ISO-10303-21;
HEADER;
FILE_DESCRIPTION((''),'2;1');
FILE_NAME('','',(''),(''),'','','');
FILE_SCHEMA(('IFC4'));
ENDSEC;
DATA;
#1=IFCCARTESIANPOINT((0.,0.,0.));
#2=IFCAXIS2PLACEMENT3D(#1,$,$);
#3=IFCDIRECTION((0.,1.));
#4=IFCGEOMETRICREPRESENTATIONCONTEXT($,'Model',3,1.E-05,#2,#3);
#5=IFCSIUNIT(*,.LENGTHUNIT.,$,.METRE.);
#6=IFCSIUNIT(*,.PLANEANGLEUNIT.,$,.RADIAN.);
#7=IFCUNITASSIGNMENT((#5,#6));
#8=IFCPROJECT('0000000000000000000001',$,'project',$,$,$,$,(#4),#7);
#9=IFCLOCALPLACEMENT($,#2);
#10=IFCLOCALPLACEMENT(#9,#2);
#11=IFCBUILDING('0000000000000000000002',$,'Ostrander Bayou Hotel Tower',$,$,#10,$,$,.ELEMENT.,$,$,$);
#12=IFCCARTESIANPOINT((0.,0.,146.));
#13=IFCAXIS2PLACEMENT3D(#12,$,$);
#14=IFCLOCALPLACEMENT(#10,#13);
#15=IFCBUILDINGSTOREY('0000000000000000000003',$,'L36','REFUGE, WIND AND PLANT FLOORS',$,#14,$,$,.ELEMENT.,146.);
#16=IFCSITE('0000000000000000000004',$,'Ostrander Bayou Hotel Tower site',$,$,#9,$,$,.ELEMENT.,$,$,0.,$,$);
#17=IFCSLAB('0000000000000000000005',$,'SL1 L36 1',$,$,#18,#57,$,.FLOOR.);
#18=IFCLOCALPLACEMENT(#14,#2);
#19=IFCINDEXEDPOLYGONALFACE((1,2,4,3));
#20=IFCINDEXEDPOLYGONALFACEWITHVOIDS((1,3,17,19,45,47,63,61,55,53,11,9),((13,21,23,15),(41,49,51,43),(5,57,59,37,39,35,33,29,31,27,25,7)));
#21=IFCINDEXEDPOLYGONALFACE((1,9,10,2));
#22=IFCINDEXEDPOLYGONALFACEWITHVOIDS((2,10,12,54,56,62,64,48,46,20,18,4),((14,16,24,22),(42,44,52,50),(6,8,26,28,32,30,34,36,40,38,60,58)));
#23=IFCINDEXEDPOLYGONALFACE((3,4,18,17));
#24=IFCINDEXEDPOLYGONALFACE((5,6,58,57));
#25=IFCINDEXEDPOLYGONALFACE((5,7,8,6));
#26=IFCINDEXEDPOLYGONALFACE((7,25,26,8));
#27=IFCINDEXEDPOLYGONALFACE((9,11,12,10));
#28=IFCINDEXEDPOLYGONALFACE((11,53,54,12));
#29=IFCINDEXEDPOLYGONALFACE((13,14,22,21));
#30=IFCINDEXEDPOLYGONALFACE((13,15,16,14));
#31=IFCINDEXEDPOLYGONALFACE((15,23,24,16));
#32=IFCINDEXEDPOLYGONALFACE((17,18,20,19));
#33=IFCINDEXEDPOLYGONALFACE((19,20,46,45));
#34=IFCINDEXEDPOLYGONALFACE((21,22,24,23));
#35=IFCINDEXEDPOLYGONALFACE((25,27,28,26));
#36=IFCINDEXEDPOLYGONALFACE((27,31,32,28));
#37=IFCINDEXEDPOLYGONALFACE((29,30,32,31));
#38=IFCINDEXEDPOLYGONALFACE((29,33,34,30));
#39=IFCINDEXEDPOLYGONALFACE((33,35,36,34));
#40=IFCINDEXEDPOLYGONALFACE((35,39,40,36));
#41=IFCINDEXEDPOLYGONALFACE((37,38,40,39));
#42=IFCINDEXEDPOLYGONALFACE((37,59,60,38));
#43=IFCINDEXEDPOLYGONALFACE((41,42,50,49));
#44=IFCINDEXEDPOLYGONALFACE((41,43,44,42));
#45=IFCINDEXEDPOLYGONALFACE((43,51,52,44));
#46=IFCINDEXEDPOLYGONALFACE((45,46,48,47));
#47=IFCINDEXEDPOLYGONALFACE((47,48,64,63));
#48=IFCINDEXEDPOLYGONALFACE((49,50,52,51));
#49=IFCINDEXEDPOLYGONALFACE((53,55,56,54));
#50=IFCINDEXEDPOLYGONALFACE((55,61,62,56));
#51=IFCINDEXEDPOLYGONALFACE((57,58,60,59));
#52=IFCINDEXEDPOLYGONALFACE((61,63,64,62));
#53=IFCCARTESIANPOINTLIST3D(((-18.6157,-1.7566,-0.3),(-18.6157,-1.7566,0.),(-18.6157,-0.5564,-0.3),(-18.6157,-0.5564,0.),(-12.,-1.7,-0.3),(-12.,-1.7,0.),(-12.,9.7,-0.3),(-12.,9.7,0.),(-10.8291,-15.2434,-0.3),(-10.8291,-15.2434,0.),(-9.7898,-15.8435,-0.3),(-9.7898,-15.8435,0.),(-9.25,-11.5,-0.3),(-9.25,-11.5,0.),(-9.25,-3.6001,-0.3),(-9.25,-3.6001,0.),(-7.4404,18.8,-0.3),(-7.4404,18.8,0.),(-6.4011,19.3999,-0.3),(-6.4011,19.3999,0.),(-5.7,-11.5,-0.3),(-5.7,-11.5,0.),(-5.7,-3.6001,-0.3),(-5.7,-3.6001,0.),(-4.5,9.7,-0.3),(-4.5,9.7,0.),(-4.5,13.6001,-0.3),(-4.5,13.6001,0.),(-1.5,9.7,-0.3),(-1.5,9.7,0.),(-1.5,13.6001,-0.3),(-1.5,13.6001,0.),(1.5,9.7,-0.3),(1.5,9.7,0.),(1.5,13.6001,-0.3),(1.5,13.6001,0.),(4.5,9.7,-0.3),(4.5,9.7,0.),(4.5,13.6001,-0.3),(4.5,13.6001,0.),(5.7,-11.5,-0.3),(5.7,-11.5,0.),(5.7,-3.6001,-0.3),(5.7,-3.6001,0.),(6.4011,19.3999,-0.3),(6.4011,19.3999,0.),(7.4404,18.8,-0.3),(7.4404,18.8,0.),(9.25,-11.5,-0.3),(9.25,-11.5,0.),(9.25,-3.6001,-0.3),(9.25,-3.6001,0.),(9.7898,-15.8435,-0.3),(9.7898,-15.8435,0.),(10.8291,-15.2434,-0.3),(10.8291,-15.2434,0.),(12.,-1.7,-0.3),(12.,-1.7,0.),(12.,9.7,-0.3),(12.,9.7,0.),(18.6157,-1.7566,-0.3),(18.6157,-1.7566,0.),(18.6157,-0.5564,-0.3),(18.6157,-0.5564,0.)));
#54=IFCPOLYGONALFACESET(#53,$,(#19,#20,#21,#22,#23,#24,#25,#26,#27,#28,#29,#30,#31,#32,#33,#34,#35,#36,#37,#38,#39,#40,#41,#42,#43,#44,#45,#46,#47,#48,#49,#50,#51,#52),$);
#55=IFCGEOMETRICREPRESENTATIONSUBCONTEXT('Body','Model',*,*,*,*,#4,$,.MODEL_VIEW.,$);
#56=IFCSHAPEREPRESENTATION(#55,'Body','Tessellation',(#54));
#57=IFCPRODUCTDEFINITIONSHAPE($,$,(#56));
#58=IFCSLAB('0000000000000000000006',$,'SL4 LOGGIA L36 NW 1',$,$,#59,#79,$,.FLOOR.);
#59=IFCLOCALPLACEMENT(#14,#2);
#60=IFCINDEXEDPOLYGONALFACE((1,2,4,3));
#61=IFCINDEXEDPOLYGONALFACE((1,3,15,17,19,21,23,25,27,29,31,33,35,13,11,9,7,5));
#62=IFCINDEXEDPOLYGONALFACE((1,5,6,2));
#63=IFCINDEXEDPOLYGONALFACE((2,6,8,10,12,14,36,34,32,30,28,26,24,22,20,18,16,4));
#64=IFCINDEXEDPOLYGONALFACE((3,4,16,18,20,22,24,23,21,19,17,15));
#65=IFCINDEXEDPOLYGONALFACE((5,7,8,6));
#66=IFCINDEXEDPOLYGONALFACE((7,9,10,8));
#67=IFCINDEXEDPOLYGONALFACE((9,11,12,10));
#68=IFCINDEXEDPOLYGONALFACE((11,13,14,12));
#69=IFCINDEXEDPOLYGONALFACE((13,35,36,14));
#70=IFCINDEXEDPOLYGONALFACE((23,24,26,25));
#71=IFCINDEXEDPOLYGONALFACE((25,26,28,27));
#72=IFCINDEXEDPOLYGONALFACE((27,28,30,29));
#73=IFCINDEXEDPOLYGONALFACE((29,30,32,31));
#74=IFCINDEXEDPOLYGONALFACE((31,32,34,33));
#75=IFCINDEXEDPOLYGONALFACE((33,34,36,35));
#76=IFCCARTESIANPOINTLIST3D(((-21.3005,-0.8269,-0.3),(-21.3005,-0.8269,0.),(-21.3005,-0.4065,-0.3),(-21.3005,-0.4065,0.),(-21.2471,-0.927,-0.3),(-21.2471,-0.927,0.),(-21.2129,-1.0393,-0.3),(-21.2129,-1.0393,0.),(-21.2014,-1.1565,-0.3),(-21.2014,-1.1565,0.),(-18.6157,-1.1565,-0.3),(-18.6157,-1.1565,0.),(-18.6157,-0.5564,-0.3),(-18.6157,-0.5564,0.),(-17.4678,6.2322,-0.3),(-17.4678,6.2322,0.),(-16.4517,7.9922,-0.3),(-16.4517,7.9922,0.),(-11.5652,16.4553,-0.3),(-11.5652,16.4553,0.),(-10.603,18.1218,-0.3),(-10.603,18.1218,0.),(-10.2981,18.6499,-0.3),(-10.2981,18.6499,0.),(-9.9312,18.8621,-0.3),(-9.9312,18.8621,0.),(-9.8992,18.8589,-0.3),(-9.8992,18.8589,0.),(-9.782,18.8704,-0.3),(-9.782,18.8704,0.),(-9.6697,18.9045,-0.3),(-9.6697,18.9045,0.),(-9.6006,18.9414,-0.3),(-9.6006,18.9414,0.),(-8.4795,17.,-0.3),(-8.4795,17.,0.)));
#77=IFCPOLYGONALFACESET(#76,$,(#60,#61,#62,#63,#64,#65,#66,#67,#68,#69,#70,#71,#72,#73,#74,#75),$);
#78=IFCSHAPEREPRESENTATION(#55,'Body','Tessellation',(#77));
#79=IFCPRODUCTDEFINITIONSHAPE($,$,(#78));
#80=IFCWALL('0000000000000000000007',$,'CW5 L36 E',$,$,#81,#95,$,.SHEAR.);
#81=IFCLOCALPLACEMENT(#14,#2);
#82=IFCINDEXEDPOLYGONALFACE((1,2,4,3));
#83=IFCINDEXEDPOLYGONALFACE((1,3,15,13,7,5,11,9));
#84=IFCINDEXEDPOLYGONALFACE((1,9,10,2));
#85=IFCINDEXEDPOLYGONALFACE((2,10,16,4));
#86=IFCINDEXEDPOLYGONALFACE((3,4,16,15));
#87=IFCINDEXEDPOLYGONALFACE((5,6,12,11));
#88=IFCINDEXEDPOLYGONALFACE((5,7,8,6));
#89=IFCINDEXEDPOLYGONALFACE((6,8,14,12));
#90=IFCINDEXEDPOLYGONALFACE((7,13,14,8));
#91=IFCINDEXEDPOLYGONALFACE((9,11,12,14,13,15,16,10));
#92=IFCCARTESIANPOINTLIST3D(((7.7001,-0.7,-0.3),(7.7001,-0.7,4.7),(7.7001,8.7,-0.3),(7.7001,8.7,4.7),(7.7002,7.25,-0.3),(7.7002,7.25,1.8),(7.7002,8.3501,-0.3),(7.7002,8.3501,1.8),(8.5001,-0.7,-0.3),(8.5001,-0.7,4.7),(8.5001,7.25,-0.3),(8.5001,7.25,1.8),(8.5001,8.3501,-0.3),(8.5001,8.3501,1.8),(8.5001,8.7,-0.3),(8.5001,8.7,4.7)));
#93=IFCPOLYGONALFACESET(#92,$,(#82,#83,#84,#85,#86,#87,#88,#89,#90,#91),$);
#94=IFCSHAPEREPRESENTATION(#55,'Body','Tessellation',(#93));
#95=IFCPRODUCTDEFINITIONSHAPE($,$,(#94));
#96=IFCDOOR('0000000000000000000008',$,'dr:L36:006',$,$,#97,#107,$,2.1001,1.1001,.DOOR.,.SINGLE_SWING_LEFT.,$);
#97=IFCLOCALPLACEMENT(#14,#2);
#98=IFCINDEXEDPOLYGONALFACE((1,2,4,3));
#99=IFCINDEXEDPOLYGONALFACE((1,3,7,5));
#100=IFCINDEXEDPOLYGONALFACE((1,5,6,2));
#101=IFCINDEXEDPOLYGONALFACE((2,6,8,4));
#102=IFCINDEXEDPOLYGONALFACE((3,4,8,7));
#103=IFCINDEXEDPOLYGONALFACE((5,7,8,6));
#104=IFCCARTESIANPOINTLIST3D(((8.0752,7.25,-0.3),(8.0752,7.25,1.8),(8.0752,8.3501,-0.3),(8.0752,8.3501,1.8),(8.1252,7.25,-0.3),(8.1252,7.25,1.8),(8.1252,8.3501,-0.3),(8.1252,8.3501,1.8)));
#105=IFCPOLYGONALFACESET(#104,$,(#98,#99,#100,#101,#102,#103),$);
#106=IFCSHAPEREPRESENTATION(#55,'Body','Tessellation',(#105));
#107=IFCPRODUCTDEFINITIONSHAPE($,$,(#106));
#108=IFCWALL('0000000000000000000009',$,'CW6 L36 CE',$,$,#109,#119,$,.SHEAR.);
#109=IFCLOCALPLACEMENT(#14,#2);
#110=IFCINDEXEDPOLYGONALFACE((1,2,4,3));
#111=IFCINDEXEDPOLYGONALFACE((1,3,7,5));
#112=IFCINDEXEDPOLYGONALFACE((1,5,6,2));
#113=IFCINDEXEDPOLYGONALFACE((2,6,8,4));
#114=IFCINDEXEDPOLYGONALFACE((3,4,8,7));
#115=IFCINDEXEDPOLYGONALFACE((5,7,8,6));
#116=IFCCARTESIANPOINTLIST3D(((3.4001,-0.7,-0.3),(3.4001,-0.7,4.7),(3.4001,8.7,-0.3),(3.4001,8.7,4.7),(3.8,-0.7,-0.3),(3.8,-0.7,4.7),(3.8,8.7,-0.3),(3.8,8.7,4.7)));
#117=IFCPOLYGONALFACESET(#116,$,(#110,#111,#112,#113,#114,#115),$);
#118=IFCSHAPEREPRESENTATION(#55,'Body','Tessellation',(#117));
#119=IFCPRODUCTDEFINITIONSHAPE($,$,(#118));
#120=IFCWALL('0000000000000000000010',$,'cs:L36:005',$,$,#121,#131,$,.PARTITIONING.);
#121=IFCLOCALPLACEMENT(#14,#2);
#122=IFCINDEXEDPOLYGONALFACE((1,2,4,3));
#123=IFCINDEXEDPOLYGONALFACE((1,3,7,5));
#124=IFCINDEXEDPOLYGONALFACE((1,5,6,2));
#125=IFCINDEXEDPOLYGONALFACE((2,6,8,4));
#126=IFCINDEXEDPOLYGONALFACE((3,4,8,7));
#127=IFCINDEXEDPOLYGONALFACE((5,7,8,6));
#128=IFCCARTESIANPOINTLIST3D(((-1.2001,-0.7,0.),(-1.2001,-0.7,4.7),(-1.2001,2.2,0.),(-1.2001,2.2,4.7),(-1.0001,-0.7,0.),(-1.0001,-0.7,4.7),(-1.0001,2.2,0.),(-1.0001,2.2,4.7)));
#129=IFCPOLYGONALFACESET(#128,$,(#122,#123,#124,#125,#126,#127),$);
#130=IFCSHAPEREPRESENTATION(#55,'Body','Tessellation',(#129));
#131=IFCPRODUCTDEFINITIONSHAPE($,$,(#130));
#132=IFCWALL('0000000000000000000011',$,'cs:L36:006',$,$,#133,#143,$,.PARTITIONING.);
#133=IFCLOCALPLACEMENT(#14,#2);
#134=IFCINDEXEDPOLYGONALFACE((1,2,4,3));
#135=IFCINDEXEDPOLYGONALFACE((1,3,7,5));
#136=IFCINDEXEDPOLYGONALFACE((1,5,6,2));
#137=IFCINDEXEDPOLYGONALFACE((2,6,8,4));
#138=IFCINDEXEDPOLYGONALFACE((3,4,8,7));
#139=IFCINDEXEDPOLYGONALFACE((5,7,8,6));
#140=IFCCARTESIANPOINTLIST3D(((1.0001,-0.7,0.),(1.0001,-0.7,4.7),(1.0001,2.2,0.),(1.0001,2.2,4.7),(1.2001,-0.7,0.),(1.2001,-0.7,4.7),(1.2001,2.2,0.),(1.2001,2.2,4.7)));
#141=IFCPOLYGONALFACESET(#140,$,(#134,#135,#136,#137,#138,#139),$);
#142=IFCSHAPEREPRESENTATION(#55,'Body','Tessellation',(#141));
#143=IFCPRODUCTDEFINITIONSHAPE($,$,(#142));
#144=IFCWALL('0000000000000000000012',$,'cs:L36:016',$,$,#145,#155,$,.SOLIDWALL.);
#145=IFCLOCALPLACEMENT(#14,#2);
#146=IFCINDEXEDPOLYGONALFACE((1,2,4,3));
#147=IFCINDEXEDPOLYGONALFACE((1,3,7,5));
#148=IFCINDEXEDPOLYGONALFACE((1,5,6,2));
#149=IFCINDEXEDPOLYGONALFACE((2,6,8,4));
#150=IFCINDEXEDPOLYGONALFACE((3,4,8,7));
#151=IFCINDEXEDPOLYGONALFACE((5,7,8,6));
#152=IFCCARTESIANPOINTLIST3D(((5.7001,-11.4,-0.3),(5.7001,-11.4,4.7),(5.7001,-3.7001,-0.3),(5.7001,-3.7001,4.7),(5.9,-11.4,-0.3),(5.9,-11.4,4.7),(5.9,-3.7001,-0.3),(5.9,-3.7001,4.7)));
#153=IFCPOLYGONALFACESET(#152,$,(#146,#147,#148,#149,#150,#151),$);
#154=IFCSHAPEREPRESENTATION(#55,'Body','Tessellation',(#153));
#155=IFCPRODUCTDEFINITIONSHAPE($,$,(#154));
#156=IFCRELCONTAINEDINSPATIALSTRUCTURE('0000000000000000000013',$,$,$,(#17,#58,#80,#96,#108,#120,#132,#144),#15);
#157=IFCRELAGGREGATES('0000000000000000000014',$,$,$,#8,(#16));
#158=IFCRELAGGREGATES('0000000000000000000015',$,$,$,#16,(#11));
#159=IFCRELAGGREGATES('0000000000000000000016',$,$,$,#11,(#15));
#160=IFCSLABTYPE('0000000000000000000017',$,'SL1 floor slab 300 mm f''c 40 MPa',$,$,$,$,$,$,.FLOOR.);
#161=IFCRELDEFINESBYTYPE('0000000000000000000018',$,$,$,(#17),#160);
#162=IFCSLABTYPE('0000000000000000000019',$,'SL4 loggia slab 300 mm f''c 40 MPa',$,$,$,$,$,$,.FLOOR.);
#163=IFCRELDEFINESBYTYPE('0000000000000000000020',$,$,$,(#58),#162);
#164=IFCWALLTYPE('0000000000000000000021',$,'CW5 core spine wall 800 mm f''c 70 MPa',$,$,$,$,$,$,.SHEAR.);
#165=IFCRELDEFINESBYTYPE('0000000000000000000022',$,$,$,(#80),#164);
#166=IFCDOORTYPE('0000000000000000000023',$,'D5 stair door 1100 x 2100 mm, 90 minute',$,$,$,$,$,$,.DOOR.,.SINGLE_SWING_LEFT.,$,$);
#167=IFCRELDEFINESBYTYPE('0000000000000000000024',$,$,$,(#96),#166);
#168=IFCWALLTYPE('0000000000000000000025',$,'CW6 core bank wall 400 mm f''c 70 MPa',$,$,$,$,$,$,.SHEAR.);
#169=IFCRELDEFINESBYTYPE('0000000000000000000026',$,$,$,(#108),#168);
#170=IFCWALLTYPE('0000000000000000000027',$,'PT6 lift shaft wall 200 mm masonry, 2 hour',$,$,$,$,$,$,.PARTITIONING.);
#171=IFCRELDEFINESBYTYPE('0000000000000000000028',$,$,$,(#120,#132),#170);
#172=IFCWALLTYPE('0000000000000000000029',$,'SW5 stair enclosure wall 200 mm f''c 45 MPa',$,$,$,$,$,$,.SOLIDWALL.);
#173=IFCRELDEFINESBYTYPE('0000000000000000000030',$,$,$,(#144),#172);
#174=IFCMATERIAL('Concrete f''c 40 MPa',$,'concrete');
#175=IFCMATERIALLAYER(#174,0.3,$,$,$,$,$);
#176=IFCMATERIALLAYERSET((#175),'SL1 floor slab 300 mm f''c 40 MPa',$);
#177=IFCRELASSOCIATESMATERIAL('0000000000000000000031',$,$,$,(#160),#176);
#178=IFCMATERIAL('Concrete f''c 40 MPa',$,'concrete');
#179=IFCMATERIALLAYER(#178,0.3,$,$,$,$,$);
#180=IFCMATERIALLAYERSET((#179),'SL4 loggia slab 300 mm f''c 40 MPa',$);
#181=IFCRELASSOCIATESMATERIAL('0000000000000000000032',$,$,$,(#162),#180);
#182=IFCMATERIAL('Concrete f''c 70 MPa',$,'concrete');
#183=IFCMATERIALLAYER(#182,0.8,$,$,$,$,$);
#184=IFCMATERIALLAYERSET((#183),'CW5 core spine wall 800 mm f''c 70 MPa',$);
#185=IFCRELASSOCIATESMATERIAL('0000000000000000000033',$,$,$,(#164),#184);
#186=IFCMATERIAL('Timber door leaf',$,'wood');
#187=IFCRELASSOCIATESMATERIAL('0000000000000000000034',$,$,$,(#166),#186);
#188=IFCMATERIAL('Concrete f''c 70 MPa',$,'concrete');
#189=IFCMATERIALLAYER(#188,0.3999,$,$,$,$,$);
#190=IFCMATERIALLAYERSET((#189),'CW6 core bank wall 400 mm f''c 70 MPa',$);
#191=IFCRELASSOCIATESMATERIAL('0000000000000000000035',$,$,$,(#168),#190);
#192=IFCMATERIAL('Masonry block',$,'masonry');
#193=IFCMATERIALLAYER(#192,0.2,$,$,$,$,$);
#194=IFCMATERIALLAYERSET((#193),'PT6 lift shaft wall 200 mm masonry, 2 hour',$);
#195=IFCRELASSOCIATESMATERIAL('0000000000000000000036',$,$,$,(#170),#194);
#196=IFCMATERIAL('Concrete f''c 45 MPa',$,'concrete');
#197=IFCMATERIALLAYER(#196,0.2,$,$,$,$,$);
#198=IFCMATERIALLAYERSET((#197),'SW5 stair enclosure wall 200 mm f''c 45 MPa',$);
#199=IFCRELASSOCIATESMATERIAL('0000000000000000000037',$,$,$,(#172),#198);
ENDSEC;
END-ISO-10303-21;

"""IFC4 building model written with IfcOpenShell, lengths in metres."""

from ifc_helpers import new_model, si_unit, direction, frame, frame_2d, origin, place, context, subcontext, project, spatial, polyline, rectangle, outline, extrude, material, layer, layer_set, type_object, element, fill, save


model = new_model("IFC4")

# Units and contexts
model_context = context("Model", 3, precision=1e-05, world=origin(), true_north=direction((0.0, 1.0)))
body_context = subcontext(model_context, "Body", "Model", "MODEL_VIEW")
ifc_project = project(units=[si_unit("LENGTHUNIT", "METRE"), si_unit("PLANEANGLEUNIT", "RADIAN")], contexts=[model_context])

# Site, building, storey
site_placement = place(None, origin())
site = spatial("IfcSite", under=ifc_project, at=site_placement, Name="Ostrander Bayou Hotel Tower site", CompositionType="ELEMENT", RefElevation=0.0)
building_placement = place(site_placement, origin())
building = spatial("IfcBuilding", under=site, at=building_placement, Name="Ostrander Bayou Hotel Tower", CompositionType="ELEMENT")
storey_placement = place(building_placement, frame((0.0, 0.0, 146.0)))
storey = spatial("IfcBuildingStorey", under=building, at=storey_placement, Name="L36", Description="REFUGE, WIND AND PLANT FLOORS", CompositionType="ELEMENT", Elevation=146.0)

# Slabs
ifc_material_1 = material(Name="Concrete f'c 40 MPa", Category="concrete")
ifc_layer_1 = layer(ifc_material_1, 0.3)
ifc_layer_set_1 = layer_set([ifc_layer_1], Name="SL1 floor slab 300 mm f'c 40 MPa")
slab_type_1 = type_object("IfcSlabType", Name="SL1 floor slab 300 mm f'c 40 MPa", PredefinedType="FLOOR", material=ifc_layer_set_1)
slab_1_placement = place(storey_placement, frame((0.0, 0.0, -0.3)))
element("IfcSlab", 1, at=slab_1_placement, inside=storey, type_object=slab_type_1, Name="SL1 L36 1", PredefinedType="FLOOR", context=body_context, shape_type="SweptSolid", body=[
    extrude(outline(polyline([(7.4404, 18.8), (18.6157, -0.5564), (18.6157, -1.7566), (10.8291, -15.2434), (9.7898, -15.8435), (-9.7898, -15.8435), (-10.8291, -15.2434), (-18.6157, -1.7566), (-18.6157, -0.5564), (-7.4404, 18.8), (-6.4011, 19.3999), (6.4011, 19.3999), (7.4404, 18.8)]), holes=[polyline([(-12.0, -1.7), (12.0, -1.7), (12.0, 9.7), (4.5, 9.7), (4.5, 13.6001), (1.5, 13.6001), (1.5, 9.7), (-1.5, 9.7), (-1.5, 13.6001), (-4.5, 13.6001), (-4.5, 9.7), (-12.0, 9.7), (-12.0, -1.7)]), polyline([(9.25, -3.6001), (5.7, -3.6001), (5.7, -11.5), (9.25, -11.5), (9.25, -3.6001)]), polyline([(-5.7, -3.6001), (-9.25, -3.6001), (-9.25, -11.5), (-5.7, -11.5), (-5.7, -3.6001)])]), origin(), (0.0, 0.0, 1.0), 0.3),
])
ifc_material_2 = material(Name="Concrete f'c 40 MPa", Category="concrete")
ifc_layer_2 = layer(ifc_material_2, 0.3)
ifc_layer_set_2 = layer_set([ifc_layer_2], Name="SL4 loggia slab 300 mm f'c 40 MPa")
slab_type_2 = type_object("IfcSlabType", Name="SL4 loggia slab 300 mm f'c 40 MPa", PredefinedType="FLOOR", material=ifc_layer_set_2)
slab_2_placement = place(storey_placement, frame((0.0, 0.0, -0.3)))
element("IfcSlab", 2, at=slab_2_placement, inside=storey, type_object=slab_type_2, Name="SL4 LOGGIA L36 NW 1", PredefinedType="FLOOR", context=body_context, shape_type="SweptSolid", body=[
    extrude(outline(polyline([(-21.2014, -1.1565), (-21.2129, -1.0393), (-21.2471, -0.927), (-21.3005, -0.8269), (-21.3005, -0.4065), (-17.4678, 6.2322), (-16.4517, 7.9922), (-11.5652, 16.4553), (-10.603, 18.1218), (-10.2981, 18.6499), (-9.9312, 18.8621), (-9.8992, 18.8589), (-9.782, 18.8704), (-9.6697, 18.9045), (-9.6006, 18.9414), (-8.4795, 17.0), (-18.6157, -0.5564), (-18.6157, -1.1565), (-21.2014, -1.1565)])), origin(), (0.0, 0.0, 1.0), 0.3),
])

# Wall, opening, door
ifc_material_3 = material(Name="Concrete f'c 70 MPa", Category="concrete")
ifc_layer_3 = layer(ifc_material_3, 0.8)
ifc_layer_set_3 = layer_set([ifc_layer_3], Name="CW5 core spine wall 800 mm f'c 70 MPa")
wall_type_1 = type_object("IfcWallType", Name="CW5 core spine wall 800 mm f'c 70 MPa", PredefinedType="SHEAR", material=ifc_layer_set_3)
wall_1_placement = place(storey_placement, frame((8.1001, -0.7, -0.3), z_axis=(0.0, 0.0, 1.0), x_axis=(0.0, 1.0, 0.0)))
wall_1 = element("IfcWall", 3, at=wall_1_placement, inside=storey, type_object=wall_type_1, Name="CW5 L36 E", PredefinedType="SHEAR", context=body_context, shape_type="SweptSolid", body=[
    extrude(rectangle(XDim=9.3999, YDim=0.8, at=frame_2d((4.7, 0.0))), origin(), (0.0, 0.0, 1.0), 5.0),
])
opening_1_placement = place(wall_1_placement, frame((7.95, 0.0, 0.0)))
opening_1 = element("IfcOpeningElement", 4, at=opening_1_placement, cuts=wall_1, PredefinedType="OPENING", context=body_context, shape_type="SweptSolid", body=[
    extrude(rectangle(XDim=1.1001, YDim=2.1001, at=frame_2d((0.55, 1.05))), frame((0.0, 0.3999, 0.0), z_axis=(0.0, -1.0, 0.0), x_axis=(1.0, 0.0, 0.0)), (0.0, 0.0, 1.0), 0.8),
])
ifc_material_4 = material(Name="Timber door leaf", Category="wood")
door_type = type_object("IfcDoorType", Name="D5 stair door 1100 x 2100 mm, 90 minute", OperationType="SINGLE_SWING_LEFT", PredefinedType="DOOR", material=ifc_material_4)
door_1_placement = place(opening_1_placement, origin())
door_1 = element("IfcDoor", 5, at=door_1_placement, inside=storey, type_object=door_type, Name="dr:L36:006", OperationType="SINGLE_SWING_LEFT", OverallHeight=2.1001, OverallWidth=1.1001, PredefinedType="DOOR", context=body_context, shape_type="SweptSolid", body=[
    extrude(rectangle(XDim=1.1001, YDim=2.1001, at=frame_2d((0.55, 1.05))), frame((0.0, 0.0249, 0.0), z_axis=(0.0, -1.0, 0.0), x_axis=(1.0, 0.0, 0.0)), (0.0, 0.0, 1.0), 0.05),
])
fill(opening_1, door_1)

# Walls
ifc_material_5 = material(Name="Concrete f'c 70 MPa", Category="concrete")
ifc_layer_4 = layer(ifc_material_5, 0.3999)
ifc_layer_set_4 = layer_set([ifc_layer_4], Name="CW6 core bank wall 400 mm f'c 70 MPa")
wall_type_2 = type_object("IfcWallType", Name="CW6 core bank wall 400 mm f'c 70 MPa", PredefinedType="SHEAR", material=ifc_layer_set_4)
wall_2_placement = place(storey_placement, frame((3.6001, -0.7, -0.3), z_axis=(0.0, 0.0, 1.0), x_axis=(0.0, 1.0, 0.0)))
element("IfcWall", 6, at=wall_2_placement, inside=storey, type_object=wall_type_2, Name="CW6 L36 CE", PredefinedType="SHEAR", context=body_context, shape_type="SweptSolid", body=[
    extrude(rectangle(XDim=9.3999, YDim=0.3999, at=frame_2d((4.7, 0.0))), origin(), (0.0, 0.0, 1.0), 5.0),
])
ifc_material_6 = material(Name="Masonry block", Category="masonry")
ifc_layer_5 = layer(ifc_material_6, 0.2)
ifc_layer_set_5 = layer_set([ifc_layer_5], Name="PT6 lift shaft wall 200 mm masonry, 2 hour")
wall_type_3 = type_object("IfcWallType", Name="PT6 lift shaft wall 200 mm masonry, 2 hour", PredefinedType="PARTITIONING", material=ifc_layer_set_5)
for number, where, z_axis, x_axis, name in (
    (7, (-1.1001, -0.7, 0.0), (0.0, 0.0, 1.0), (0.0, 1.0, 0.0), "cs:L36:005"),
    (8, (1.1001, -0.7, 0.0), (0.0, 0.0, 1.0), (0.0, 1.0, 0.0), "cs:L36:006"),
):
    element("IfcWall", number, at=place(storey_placement, frame(where, z_axis=z_axis, x_axis=x_axis)), inside=storey, type_object=wall_type_3, Name=name, PredefinedType="PARTITIONING", context=body_context, shape_type="SweptSolid", body=[
        extrude(rectangle(XDim=2.8999, YDim=0.2, at=frame_2d((1.45, 0.0))), origin(), (0.0, 0.0, 1.0), 4.7),
    ])

# Shared definitions
ifc_material_7 = material(Name="Concrete f'c 45 MPa", Category="concrete")
ifc_layer_6 = layer(ifc_material_7, 0.2)
ifc_layer_set_6 = layer_set([ifc_layer_6], Name="SW5 stair enclosure wall 200 mm f'c 45 MPa")
wall_type_4 = type_object("IfcWallType", Name="SW5 stair enclosure wall 200 mm f'c 45 MPa", PredefinedType="SOLIDWALL", material=ifc_layer_set_6)

# Wall
wall_3_placement = place(storey_placement, frame((5.8, -3.7, -0.3), z_axis=(0.0, 0.0, 1.0), x_axis=(0.0, -1.0, 0.0)))
element("IfcWall", 9, at=wall_3_placement, inside=storey, type_object=wall_type_4, Name="cs:L36:016", PredefinedType="SOLIDWALL", context=body_context, shape_type="SweptSolid", body=[
    extrude(rectangle(XDim=7.7, YDim=0.2, at=frame_2d((3.8501, 0.0))), origin(), (0.0, 0.0, 1.0), 5.0),
])

save(model, "model.ifc")
